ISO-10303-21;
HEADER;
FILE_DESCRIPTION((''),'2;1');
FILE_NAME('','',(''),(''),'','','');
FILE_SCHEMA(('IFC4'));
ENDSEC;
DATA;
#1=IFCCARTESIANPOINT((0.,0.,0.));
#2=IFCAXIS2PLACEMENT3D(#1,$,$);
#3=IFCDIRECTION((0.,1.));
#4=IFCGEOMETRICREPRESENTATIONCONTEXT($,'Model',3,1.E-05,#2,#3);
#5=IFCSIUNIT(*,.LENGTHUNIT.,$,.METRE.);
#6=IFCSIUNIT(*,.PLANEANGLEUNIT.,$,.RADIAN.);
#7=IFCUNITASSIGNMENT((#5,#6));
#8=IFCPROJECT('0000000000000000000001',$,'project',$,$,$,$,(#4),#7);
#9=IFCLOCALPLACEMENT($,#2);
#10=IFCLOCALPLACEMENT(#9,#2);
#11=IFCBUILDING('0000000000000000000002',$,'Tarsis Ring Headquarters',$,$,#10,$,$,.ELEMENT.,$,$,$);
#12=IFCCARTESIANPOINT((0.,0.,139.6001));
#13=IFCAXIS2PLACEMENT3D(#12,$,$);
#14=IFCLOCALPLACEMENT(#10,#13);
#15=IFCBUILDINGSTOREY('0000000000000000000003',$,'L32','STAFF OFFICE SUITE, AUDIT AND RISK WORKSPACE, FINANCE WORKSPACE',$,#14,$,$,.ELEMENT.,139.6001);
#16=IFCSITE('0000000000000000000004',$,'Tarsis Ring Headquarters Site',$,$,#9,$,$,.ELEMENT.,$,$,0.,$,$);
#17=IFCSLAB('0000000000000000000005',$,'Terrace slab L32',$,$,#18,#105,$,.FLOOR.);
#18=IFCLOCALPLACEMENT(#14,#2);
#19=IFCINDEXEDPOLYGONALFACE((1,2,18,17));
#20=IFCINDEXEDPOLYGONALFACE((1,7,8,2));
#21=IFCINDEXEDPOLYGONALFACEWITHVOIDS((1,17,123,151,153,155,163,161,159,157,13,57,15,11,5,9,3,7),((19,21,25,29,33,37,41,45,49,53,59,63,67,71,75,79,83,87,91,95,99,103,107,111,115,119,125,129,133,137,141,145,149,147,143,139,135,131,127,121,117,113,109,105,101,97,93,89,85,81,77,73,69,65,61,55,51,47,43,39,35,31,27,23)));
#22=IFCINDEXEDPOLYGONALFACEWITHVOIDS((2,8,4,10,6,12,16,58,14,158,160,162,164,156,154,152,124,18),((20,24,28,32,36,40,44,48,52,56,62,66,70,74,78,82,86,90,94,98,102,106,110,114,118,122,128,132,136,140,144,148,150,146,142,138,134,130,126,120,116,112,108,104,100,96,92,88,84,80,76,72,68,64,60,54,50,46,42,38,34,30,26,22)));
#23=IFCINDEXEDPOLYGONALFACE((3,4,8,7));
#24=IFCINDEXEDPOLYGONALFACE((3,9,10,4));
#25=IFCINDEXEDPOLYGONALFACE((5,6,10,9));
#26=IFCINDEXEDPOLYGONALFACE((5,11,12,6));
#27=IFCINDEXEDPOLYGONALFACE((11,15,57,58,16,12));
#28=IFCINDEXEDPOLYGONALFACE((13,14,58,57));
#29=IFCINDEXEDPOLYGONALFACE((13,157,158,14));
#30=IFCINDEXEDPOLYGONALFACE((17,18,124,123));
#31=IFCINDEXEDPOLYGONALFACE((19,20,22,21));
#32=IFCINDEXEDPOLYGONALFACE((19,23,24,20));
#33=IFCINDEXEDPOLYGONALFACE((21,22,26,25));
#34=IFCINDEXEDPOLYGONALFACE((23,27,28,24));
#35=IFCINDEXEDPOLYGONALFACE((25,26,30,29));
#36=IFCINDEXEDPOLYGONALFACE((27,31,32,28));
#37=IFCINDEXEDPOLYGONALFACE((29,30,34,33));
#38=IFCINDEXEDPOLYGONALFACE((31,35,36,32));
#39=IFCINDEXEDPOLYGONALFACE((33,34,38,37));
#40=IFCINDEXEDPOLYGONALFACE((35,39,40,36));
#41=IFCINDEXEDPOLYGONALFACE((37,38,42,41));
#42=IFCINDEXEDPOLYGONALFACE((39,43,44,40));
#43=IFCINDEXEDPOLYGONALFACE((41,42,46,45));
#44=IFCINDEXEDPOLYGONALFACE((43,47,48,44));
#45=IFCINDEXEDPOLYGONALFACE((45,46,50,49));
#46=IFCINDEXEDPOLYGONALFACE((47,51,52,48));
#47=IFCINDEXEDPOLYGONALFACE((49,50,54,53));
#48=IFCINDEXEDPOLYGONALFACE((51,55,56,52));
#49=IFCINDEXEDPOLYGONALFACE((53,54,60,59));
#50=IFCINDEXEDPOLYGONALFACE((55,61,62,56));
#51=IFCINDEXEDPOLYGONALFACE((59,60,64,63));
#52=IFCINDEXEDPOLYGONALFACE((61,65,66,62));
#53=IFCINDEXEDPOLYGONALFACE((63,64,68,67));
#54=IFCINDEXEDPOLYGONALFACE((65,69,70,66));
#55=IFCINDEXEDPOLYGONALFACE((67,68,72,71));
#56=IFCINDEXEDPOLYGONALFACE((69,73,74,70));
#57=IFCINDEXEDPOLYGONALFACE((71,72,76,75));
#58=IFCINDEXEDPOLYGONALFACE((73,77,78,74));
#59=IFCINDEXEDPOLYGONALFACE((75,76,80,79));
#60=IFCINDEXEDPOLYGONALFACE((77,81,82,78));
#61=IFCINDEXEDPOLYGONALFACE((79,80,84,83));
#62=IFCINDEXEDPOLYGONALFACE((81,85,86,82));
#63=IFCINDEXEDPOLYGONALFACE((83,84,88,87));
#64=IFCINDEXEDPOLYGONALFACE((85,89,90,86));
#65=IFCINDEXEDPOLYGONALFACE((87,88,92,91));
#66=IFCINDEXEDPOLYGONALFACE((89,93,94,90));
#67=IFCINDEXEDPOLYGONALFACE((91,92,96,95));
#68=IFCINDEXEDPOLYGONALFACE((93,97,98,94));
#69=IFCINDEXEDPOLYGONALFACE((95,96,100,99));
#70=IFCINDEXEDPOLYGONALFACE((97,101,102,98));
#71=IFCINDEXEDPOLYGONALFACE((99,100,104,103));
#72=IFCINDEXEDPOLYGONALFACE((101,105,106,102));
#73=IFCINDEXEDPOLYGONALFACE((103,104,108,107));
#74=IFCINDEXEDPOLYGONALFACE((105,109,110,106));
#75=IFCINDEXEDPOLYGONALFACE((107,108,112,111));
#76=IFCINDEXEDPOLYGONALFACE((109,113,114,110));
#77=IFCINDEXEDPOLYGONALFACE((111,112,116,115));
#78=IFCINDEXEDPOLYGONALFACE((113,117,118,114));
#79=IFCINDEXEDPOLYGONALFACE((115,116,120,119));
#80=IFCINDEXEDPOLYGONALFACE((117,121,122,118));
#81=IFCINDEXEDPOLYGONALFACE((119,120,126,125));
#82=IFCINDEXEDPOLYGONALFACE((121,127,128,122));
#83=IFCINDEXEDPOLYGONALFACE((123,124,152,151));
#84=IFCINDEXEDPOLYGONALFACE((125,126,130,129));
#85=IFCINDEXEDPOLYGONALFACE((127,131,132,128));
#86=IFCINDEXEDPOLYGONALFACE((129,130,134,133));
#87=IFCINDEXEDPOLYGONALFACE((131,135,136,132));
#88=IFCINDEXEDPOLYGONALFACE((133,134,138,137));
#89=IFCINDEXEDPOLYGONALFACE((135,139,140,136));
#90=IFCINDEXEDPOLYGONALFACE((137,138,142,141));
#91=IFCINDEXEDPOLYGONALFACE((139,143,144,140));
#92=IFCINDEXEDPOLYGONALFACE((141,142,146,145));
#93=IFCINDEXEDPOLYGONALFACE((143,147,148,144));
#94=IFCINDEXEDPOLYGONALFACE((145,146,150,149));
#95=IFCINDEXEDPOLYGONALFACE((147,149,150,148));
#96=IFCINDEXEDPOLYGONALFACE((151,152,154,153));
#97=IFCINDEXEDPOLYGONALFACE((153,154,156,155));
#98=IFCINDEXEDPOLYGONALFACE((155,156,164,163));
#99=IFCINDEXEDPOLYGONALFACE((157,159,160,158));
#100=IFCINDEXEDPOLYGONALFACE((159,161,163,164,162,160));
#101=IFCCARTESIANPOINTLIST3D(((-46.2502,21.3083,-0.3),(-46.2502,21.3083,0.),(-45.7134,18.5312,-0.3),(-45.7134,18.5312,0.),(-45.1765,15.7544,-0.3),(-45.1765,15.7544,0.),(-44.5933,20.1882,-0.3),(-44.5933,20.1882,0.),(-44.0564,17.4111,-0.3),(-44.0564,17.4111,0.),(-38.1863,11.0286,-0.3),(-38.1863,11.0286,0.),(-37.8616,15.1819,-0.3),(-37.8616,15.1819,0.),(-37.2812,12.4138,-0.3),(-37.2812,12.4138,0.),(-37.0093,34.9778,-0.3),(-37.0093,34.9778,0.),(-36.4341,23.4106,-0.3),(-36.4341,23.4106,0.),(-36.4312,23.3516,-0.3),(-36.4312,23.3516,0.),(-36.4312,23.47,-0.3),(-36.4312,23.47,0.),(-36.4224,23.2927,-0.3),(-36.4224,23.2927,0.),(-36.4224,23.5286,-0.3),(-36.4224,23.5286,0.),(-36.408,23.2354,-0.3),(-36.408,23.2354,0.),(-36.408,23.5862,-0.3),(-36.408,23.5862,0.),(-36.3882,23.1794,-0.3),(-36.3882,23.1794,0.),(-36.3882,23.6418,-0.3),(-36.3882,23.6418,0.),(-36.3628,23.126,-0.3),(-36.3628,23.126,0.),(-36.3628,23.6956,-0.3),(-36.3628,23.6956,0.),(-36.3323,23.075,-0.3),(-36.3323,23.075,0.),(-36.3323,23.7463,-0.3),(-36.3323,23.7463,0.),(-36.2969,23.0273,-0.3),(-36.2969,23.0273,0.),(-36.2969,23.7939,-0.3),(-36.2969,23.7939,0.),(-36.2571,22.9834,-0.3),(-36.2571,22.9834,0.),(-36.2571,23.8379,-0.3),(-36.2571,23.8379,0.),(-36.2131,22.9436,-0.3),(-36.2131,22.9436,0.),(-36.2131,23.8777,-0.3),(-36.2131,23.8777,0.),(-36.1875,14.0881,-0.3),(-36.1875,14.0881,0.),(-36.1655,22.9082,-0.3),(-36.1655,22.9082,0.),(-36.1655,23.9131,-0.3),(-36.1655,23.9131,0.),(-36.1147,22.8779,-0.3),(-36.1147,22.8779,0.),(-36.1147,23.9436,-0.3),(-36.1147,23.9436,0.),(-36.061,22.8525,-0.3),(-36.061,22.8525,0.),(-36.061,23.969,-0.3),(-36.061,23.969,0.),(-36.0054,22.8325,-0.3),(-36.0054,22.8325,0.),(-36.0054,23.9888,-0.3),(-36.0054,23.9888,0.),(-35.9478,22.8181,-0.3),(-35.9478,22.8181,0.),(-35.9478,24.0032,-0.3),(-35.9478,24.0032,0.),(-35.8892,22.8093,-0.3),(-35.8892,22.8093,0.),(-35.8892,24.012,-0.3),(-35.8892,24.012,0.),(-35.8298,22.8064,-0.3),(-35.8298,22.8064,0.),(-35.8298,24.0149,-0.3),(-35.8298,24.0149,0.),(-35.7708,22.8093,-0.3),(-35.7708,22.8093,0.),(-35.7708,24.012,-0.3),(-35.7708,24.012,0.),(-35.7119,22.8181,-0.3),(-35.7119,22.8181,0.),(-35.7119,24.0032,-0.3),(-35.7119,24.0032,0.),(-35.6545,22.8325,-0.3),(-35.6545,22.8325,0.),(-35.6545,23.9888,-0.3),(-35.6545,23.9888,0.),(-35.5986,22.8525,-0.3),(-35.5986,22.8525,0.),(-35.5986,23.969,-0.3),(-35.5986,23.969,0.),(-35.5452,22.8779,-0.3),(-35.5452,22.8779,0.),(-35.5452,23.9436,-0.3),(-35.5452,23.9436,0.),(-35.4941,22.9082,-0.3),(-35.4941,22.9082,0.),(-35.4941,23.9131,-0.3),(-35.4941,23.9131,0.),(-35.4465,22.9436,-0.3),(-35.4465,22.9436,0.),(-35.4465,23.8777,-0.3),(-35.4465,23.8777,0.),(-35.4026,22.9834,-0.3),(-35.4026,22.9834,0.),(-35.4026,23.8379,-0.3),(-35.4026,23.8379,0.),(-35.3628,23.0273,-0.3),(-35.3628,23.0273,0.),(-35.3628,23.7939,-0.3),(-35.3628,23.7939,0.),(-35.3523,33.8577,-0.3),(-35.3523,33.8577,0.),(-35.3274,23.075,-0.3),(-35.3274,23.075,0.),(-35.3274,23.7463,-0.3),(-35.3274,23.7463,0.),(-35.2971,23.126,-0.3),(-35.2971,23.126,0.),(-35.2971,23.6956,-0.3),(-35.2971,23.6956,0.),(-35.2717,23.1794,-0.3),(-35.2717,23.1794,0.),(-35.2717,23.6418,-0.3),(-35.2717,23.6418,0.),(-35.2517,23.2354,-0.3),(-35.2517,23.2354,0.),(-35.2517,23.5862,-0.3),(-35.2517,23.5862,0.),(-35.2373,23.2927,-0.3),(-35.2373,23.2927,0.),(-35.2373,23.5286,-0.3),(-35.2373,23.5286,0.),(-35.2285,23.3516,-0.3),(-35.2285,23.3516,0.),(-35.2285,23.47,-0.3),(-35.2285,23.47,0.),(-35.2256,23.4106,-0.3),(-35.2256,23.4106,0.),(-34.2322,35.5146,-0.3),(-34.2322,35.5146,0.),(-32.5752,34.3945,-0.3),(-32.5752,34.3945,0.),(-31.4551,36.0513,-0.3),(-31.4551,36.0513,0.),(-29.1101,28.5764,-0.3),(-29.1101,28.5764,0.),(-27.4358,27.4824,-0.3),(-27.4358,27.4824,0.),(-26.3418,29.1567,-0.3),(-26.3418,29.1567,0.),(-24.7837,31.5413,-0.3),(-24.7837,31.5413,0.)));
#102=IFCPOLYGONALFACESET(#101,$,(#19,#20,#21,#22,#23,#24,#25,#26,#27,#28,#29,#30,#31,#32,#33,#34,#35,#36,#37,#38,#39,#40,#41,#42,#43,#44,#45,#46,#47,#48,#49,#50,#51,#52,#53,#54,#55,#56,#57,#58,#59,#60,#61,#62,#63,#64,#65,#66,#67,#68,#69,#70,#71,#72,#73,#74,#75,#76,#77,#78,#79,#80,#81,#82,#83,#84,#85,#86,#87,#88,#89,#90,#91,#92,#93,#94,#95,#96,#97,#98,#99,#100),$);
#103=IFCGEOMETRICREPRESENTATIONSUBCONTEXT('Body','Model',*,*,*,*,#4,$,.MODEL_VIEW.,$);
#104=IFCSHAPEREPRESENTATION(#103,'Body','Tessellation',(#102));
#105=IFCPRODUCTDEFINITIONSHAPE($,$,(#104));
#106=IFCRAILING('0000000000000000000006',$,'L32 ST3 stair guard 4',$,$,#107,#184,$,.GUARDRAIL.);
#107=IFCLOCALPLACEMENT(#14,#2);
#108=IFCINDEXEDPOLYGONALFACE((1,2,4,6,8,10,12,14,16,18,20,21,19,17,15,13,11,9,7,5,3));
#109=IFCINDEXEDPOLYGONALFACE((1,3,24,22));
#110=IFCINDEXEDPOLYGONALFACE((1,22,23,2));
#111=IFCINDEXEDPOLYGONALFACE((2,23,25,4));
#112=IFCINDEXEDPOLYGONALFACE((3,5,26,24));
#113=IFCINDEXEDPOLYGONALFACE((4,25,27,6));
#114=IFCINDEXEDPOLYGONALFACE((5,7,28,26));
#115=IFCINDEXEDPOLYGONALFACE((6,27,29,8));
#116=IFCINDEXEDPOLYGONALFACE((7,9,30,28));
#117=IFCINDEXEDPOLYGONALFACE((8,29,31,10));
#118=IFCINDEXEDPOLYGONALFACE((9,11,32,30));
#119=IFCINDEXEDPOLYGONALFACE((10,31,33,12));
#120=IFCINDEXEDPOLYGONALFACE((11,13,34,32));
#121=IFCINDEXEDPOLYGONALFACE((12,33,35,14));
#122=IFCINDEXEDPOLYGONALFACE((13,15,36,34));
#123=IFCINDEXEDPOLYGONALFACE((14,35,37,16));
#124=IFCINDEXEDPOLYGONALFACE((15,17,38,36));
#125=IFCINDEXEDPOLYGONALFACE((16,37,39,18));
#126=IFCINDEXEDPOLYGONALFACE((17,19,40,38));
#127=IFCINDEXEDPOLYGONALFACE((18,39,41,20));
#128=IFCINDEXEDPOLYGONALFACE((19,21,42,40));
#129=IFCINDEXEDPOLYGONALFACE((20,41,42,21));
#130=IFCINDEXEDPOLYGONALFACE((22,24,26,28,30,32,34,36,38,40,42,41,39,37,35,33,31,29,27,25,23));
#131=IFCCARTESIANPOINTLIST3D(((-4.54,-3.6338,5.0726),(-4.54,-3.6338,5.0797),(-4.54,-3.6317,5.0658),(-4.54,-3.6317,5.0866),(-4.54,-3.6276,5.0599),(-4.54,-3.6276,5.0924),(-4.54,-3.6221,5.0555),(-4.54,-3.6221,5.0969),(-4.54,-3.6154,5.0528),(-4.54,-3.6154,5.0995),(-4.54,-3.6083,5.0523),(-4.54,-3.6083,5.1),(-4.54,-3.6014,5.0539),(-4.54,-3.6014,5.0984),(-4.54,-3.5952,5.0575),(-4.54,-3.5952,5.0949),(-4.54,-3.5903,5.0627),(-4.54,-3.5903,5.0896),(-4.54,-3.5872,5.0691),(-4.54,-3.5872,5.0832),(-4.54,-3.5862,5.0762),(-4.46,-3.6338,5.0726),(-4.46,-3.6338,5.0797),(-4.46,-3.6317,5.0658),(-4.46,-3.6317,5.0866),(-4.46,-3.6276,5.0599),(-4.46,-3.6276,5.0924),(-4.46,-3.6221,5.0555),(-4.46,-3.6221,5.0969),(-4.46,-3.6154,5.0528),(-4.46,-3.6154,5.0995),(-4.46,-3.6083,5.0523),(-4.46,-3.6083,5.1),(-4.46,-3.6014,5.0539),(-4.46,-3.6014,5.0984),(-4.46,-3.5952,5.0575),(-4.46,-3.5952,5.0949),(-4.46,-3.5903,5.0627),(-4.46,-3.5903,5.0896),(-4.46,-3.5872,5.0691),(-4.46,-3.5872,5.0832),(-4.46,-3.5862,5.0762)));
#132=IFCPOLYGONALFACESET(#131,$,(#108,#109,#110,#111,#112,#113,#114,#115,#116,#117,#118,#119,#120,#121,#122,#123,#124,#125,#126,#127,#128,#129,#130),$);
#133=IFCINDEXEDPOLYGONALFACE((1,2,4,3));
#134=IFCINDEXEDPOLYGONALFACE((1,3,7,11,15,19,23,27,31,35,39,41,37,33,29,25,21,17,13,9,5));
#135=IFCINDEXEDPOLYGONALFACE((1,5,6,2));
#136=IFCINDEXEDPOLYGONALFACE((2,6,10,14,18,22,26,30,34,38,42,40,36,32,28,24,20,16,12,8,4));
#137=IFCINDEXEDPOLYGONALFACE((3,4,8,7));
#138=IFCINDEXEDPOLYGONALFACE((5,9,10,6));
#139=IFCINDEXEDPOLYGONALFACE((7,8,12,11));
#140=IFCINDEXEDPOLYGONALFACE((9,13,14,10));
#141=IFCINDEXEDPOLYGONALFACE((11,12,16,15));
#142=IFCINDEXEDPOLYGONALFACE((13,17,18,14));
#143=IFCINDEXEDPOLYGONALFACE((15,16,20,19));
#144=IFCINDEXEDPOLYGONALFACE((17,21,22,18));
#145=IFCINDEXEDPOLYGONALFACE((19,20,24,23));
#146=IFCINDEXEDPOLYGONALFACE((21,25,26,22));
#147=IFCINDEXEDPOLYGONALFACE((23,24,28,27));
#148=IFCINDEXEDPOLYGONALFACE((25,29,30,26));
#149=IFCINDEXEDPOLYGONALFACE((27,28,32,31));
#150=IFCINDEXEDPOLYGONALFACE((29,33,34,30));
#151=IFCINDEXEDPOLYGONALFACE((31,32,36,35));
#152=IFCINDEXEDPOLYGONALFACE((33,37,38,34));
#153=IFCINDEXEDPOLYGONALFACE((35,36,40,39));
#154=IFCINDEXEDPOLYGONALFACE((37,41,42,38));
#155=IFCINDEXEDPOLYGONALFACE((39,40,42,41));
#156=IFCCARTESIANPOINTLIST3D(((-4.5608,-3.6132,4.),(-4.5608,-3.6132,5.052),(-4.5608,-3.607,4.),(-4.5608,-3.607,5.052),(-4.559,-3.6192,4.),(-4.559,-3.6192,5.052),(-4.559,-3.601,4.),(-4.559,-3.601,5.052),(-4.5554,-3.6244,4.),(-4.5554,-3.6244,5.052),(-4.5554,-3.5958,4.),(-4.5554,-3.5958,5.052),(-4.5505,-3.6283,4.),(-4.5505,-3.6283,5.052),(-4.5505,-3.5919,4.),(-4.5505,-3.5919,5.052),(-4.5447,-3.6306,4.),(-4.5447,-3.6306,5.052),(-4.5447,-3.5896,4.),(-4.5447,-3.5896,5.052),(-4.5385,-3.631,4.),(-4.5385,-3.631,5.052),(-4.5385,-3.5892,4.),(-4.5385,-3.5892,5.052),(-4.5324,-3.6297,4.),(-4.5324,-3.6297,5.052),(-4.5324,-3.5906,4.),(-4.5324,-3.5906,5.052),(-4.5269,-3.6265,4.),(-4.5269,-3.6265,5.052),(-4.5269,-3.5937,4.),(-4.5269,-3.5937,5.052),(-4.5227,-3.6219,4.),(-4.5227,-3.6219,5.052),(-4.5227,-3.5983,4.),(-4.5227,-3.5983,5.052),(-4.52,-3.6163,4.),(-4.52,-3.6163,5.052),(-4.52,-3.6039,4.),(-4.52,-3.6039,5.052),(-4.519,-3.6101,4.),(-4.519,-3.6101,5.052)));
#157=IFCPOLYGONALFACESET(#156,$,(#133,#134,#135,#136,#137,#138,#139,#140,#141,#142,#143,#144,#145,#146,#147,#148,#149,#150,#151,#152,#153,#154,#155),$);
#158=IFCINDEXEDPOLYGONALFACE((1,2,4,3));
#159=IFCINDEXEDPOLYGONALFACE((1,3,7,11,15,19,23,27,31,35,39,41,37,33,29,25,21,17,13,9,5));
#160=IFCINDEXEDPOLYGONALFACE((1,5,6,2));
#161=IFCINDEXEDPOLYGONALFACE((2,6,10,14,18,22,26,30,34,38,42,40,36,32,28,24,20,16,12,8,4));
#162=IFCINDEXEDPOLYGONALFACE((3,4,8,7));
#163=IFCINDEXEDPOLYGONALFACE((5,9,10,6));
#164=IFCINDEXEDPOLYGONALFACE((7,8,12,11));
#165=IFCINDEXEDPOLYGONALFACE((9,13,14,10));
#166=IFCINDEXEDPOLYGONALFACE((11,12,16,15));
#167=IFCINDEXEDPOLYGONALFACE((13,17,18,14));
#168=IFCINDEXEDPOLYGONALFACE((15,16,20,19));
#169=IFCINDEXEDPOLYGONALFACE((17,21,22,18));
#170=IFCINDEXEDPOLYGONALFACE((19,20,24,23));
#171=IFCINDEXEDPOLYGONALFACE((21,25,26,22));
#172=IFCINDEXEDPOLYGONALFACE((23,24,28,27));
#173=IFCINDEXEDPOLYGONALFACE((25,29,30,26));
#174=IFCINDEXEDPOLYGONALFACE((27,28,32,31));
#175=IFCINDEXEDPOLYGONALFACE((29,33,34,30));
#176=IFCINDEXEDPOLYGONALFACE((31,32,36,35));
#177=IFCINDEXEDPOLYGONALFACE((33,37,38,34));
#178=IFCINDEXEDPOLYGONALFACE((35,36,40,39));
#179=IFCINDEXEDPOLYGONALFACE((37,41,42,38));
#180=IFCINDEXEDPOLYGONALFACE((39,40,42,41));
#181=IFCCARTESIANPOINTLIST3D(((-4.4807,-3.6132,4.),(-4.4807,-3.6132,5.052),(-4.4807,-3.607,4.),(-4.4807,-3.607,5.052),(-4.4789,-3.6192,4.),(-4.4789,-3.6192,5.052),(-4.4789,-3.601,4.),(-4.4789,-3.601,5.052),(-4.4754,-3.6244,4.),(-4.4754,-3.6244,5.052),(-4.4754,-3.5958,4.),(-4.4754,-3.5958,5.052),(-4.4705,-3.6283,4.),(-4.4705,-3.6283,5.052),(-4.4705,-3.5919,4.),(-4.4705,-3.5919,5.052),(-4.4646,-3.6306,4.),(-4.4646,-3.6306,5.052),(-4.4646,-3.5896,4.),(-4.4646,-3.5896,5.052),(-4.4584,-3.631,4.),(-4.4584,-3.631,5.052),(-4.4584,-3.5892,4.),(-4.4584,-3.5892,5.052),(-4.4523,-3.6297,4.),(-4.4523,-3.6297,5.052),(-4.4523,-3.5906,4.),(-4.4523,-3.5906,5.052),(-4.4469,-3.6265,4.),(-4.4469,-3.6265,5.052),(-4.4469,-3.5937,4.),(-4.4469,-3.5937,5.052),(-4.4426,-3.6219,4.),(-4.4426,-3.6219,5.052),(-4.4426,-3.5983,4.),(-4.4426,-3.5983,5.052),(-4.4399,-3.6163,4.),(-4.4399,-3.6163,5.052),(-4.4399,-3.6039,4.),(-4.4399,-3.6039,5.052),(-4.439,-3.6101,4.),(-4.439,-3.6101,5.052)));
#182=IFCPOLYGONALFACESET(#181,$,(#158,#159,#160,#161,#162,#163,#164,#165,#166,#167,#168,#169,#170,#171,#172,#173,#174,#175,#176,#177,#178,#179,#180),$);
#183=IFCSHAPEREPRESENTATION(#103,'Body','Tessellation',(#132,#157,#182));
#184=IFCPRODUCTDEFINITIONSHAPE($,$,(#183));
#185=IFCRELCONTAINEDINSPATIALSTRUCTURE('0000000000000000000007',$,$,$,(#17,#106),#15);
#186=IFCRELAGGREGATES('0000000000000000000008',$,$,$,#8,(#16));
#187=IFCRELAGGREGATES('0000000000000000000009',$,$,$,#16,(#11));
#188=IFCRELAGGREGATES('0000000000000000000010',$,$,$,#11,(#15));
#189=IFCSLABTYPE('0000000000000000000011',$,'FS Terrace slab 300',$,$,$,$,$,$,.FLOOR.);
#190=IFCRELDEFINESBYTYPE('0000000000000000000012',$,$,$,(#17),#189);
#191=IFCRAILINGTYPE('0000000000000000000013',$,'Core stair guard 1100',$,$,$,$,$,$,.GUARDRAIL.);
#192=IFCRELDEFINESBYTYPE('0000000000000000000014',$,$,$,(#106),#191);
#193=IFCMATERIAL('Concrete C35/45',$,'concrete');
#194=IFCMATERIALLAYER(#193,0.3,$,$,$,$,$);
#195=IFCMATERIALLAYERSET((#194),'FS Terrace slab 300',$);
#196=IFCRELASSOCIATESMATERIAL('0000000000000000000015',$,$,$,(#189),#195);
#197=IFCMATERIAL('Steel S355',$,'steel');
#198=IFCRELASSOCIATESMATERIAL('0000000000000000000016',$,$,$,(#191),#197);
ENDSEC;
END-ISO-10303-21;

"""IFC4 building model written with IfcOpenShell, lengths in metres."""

from ifc_helpers import new_model, si_unit, direction, frame, origin, origin_2d, place, context, subcontext, project, spatial, polyline, circle, outline, extrude, material, layer, layer_set, type_object, element, save


model = new_model("IFC4")

# Units and contexts
model_context = context("Model", 3, precision=1e-05, world=origin(), true_north=direction((0.0, 1.0)))
body_context = subcontext(model_context, "Body", "Model", "MODEL_VIEW")
ifc_project = project(units=[si_unit("LENGTHUNIT", "METRE"), si_unit("PLANEANGLEUNIT", "RADIAN")], contexts=[model_context])

# Site, building, storey
site_placement = place(None, origin())
site = spatial("IfcSite", under=ifc_project, at=site_placement, Name="Tarsis Ring Headquarters Site", CompositionType="ELEMENT", RefElevation=0.0)
building_placement = place(site_placement, origin())
building = spatial("IfcBuilding", under=site, at=building_placement, Name="Tarsis Ring Headquarters", CompositionType="ELEMENT")
storey_placement = place(building_placement, frame((0.0, 0.0, 139.6001)))
storey = spatial("IfcBuildingStorey", under=building, at=storey_placement, Name="L32", Description="STAFF OFFICE SUITE, AUDIT AND RISK WORKSPACE, FINANCE WORKSPACE", CompositionType="ELEMENT", Elevation=139.6001)

# Slab
ifc_material_1 = material(Name="Concrete C35/45", Category="concrete")
ifc_layer_1 = layer(ifc_material_1, 0.3)
ifc_layer_set_1 = layer_set([ifc_layer_1], Name="FS Terrace slab 300")
slab_type_1 = type_object("IfcSlabType", Name="FS Terrace slab 300", PredefinedType="FLOOR", material=ifc_layer_set_1)
slab_1_placement = place(storey_placement, frame((0.0, 0.0, -0.3)))
element("IfcSlab", 1, at=slab_1_placement, inside=storey, type_object=slab_type_1, Name="Terrace slab L32", PredefinedType="FLOOR", context=body_context, shape_type="SweptSolid", body=[
    extrude(outline(polyline([(-45.7134, 18.5312), (-44.0564, 17.4111), (-45.1765, 15.7544), (-38.1863, 11.0286), (-37.2812, 12.4138), (-37.2812, 12.4138), (-36.1875, 14.0881), (-37.8616, 15.1819), (-29.1101, 28.5764), (-27.4358, 27.4824), (-26.3418, 29.1567), (-24.7837, 31.5413), (-31.4551, 36.0513), (-32.5752, 34.3945), (-34.2322, 35.5146), (-35.3523, 33.8577), (-37.0093, 34.9778), (-46.2502, 21.3083), (-44.5933, 20.1882), (-45.7134, 18.5312)]), holes=[polyline([(-35.2971, 23.126), (-35.3274, 23.075), (-35.3628, 23.0273), (-35.4026, 22.9834), (-35.4465, 22.9436), (-35.4941, 22.9082), (-35.5452, 22.8779), (-35.5986, 22.8525), (-35.6545, 22.8325), (-35.7119, 22.8181), (-35.7708, 22.8093), (-35.8298, 22.8064), (-35.8892, 22.8093), (-35.9478, 22.8181), (-36.0054, 22.8325), (-36.061, 22.8525), (-36.1147, 22.8779), (-36.1655, 22.9082), (-36.2131, 22.9436), (-36.2571, 22.9834), (-36.2969, 23.0273), (-36.3323, 23.075), (-36.3628, 23.126), (-36.3882, 23.1794), (-36.408, 23.2354), (-36.4224, 23.2927), (-36.4312, 23.3516), (-36.4341, 23.4106), (-36.4312, 23.47), (-36.4224, 23.5286), (-36.408, 23.5862), (-36.3882, 23.6418), (-36.3628, 23.6956), (-36.3323, 23.7463), (-36.2969, 23.7939), (-36.2571, 23.8379), (-36.2131, 23.8777), (-36.1655, 23.9131), (-36.1147, 23.9436), (-36.061, 23.969), (-36.0054, 23.9888), (-35.9478, 24.0032), (-35.8892, 24.012), (-35.8298, 24.0149), (-35.7708, 24.012), (-35.7119, 24.0032), (-35.6545, 23.9888), (-35.5986, 23.969), (-35.5452, 23.9436), (-35.4941, 23.9131), (-35.4465, 23.8777), (-35.4026, 23.8379), (-35.3628, 23.7939), (-35.3274, 23.7463), (-35.2971, 23.6956), (-35.2717, 23.6418), (-35.2517, 23.5862), (-35.2373, 23.5286), (-35.2285, 23.47), (-35.2256, 23.4106), (-35.2285, 23.3516), (-35.2373, 23.2927), (-35.2517, 23.2354), (-35.2717, 23.1794), (-35.2971, 23.126)])]), origin(), (0.0, 0.0, 1.0), 0.3),
])

# Railing
ifc_material_2 = material(Name="Steel S355", Category="steel")
railing_type = type_object("IfcRailingType", Name="Core stair guard 1100", PredefinedType="GUARDRAIL", material=ifc_material_2)
for number, where, name in (
    (2, (-4.54, -3.6101, 4.0), "L32 ST3 stair guard 4"),
):
    element("IfcRailing", number, at=place(storey_placement, frame(where)), inside=storey, type_object=railing_type, Name=name, PredefinedType="GUARDRAIL", context=body_context, shape_type="SweptSolid", body=[
        extrude(circle(Radius=0.0239, at=origin_2d()), frame((0.0, 0.0, 1.0762), z_axis=(1.0, 0.0, 0.0), x_axis=(0.0, 1.0, 0.0)), (0.0, 0.0, 1.0), 0.0801),
        extrude(circle(Radius=0.021, at=origin_2d()), origin(), (0.0, 0.0, 1.0), 1.052),
        extrude(circle(Radius=0.021, at=origin_2d()), frame((0.0801, 0.0, 0.0)), (0.0, 0.0, 1.0), 1.052),
    ])

save(model, "model.ifc")
